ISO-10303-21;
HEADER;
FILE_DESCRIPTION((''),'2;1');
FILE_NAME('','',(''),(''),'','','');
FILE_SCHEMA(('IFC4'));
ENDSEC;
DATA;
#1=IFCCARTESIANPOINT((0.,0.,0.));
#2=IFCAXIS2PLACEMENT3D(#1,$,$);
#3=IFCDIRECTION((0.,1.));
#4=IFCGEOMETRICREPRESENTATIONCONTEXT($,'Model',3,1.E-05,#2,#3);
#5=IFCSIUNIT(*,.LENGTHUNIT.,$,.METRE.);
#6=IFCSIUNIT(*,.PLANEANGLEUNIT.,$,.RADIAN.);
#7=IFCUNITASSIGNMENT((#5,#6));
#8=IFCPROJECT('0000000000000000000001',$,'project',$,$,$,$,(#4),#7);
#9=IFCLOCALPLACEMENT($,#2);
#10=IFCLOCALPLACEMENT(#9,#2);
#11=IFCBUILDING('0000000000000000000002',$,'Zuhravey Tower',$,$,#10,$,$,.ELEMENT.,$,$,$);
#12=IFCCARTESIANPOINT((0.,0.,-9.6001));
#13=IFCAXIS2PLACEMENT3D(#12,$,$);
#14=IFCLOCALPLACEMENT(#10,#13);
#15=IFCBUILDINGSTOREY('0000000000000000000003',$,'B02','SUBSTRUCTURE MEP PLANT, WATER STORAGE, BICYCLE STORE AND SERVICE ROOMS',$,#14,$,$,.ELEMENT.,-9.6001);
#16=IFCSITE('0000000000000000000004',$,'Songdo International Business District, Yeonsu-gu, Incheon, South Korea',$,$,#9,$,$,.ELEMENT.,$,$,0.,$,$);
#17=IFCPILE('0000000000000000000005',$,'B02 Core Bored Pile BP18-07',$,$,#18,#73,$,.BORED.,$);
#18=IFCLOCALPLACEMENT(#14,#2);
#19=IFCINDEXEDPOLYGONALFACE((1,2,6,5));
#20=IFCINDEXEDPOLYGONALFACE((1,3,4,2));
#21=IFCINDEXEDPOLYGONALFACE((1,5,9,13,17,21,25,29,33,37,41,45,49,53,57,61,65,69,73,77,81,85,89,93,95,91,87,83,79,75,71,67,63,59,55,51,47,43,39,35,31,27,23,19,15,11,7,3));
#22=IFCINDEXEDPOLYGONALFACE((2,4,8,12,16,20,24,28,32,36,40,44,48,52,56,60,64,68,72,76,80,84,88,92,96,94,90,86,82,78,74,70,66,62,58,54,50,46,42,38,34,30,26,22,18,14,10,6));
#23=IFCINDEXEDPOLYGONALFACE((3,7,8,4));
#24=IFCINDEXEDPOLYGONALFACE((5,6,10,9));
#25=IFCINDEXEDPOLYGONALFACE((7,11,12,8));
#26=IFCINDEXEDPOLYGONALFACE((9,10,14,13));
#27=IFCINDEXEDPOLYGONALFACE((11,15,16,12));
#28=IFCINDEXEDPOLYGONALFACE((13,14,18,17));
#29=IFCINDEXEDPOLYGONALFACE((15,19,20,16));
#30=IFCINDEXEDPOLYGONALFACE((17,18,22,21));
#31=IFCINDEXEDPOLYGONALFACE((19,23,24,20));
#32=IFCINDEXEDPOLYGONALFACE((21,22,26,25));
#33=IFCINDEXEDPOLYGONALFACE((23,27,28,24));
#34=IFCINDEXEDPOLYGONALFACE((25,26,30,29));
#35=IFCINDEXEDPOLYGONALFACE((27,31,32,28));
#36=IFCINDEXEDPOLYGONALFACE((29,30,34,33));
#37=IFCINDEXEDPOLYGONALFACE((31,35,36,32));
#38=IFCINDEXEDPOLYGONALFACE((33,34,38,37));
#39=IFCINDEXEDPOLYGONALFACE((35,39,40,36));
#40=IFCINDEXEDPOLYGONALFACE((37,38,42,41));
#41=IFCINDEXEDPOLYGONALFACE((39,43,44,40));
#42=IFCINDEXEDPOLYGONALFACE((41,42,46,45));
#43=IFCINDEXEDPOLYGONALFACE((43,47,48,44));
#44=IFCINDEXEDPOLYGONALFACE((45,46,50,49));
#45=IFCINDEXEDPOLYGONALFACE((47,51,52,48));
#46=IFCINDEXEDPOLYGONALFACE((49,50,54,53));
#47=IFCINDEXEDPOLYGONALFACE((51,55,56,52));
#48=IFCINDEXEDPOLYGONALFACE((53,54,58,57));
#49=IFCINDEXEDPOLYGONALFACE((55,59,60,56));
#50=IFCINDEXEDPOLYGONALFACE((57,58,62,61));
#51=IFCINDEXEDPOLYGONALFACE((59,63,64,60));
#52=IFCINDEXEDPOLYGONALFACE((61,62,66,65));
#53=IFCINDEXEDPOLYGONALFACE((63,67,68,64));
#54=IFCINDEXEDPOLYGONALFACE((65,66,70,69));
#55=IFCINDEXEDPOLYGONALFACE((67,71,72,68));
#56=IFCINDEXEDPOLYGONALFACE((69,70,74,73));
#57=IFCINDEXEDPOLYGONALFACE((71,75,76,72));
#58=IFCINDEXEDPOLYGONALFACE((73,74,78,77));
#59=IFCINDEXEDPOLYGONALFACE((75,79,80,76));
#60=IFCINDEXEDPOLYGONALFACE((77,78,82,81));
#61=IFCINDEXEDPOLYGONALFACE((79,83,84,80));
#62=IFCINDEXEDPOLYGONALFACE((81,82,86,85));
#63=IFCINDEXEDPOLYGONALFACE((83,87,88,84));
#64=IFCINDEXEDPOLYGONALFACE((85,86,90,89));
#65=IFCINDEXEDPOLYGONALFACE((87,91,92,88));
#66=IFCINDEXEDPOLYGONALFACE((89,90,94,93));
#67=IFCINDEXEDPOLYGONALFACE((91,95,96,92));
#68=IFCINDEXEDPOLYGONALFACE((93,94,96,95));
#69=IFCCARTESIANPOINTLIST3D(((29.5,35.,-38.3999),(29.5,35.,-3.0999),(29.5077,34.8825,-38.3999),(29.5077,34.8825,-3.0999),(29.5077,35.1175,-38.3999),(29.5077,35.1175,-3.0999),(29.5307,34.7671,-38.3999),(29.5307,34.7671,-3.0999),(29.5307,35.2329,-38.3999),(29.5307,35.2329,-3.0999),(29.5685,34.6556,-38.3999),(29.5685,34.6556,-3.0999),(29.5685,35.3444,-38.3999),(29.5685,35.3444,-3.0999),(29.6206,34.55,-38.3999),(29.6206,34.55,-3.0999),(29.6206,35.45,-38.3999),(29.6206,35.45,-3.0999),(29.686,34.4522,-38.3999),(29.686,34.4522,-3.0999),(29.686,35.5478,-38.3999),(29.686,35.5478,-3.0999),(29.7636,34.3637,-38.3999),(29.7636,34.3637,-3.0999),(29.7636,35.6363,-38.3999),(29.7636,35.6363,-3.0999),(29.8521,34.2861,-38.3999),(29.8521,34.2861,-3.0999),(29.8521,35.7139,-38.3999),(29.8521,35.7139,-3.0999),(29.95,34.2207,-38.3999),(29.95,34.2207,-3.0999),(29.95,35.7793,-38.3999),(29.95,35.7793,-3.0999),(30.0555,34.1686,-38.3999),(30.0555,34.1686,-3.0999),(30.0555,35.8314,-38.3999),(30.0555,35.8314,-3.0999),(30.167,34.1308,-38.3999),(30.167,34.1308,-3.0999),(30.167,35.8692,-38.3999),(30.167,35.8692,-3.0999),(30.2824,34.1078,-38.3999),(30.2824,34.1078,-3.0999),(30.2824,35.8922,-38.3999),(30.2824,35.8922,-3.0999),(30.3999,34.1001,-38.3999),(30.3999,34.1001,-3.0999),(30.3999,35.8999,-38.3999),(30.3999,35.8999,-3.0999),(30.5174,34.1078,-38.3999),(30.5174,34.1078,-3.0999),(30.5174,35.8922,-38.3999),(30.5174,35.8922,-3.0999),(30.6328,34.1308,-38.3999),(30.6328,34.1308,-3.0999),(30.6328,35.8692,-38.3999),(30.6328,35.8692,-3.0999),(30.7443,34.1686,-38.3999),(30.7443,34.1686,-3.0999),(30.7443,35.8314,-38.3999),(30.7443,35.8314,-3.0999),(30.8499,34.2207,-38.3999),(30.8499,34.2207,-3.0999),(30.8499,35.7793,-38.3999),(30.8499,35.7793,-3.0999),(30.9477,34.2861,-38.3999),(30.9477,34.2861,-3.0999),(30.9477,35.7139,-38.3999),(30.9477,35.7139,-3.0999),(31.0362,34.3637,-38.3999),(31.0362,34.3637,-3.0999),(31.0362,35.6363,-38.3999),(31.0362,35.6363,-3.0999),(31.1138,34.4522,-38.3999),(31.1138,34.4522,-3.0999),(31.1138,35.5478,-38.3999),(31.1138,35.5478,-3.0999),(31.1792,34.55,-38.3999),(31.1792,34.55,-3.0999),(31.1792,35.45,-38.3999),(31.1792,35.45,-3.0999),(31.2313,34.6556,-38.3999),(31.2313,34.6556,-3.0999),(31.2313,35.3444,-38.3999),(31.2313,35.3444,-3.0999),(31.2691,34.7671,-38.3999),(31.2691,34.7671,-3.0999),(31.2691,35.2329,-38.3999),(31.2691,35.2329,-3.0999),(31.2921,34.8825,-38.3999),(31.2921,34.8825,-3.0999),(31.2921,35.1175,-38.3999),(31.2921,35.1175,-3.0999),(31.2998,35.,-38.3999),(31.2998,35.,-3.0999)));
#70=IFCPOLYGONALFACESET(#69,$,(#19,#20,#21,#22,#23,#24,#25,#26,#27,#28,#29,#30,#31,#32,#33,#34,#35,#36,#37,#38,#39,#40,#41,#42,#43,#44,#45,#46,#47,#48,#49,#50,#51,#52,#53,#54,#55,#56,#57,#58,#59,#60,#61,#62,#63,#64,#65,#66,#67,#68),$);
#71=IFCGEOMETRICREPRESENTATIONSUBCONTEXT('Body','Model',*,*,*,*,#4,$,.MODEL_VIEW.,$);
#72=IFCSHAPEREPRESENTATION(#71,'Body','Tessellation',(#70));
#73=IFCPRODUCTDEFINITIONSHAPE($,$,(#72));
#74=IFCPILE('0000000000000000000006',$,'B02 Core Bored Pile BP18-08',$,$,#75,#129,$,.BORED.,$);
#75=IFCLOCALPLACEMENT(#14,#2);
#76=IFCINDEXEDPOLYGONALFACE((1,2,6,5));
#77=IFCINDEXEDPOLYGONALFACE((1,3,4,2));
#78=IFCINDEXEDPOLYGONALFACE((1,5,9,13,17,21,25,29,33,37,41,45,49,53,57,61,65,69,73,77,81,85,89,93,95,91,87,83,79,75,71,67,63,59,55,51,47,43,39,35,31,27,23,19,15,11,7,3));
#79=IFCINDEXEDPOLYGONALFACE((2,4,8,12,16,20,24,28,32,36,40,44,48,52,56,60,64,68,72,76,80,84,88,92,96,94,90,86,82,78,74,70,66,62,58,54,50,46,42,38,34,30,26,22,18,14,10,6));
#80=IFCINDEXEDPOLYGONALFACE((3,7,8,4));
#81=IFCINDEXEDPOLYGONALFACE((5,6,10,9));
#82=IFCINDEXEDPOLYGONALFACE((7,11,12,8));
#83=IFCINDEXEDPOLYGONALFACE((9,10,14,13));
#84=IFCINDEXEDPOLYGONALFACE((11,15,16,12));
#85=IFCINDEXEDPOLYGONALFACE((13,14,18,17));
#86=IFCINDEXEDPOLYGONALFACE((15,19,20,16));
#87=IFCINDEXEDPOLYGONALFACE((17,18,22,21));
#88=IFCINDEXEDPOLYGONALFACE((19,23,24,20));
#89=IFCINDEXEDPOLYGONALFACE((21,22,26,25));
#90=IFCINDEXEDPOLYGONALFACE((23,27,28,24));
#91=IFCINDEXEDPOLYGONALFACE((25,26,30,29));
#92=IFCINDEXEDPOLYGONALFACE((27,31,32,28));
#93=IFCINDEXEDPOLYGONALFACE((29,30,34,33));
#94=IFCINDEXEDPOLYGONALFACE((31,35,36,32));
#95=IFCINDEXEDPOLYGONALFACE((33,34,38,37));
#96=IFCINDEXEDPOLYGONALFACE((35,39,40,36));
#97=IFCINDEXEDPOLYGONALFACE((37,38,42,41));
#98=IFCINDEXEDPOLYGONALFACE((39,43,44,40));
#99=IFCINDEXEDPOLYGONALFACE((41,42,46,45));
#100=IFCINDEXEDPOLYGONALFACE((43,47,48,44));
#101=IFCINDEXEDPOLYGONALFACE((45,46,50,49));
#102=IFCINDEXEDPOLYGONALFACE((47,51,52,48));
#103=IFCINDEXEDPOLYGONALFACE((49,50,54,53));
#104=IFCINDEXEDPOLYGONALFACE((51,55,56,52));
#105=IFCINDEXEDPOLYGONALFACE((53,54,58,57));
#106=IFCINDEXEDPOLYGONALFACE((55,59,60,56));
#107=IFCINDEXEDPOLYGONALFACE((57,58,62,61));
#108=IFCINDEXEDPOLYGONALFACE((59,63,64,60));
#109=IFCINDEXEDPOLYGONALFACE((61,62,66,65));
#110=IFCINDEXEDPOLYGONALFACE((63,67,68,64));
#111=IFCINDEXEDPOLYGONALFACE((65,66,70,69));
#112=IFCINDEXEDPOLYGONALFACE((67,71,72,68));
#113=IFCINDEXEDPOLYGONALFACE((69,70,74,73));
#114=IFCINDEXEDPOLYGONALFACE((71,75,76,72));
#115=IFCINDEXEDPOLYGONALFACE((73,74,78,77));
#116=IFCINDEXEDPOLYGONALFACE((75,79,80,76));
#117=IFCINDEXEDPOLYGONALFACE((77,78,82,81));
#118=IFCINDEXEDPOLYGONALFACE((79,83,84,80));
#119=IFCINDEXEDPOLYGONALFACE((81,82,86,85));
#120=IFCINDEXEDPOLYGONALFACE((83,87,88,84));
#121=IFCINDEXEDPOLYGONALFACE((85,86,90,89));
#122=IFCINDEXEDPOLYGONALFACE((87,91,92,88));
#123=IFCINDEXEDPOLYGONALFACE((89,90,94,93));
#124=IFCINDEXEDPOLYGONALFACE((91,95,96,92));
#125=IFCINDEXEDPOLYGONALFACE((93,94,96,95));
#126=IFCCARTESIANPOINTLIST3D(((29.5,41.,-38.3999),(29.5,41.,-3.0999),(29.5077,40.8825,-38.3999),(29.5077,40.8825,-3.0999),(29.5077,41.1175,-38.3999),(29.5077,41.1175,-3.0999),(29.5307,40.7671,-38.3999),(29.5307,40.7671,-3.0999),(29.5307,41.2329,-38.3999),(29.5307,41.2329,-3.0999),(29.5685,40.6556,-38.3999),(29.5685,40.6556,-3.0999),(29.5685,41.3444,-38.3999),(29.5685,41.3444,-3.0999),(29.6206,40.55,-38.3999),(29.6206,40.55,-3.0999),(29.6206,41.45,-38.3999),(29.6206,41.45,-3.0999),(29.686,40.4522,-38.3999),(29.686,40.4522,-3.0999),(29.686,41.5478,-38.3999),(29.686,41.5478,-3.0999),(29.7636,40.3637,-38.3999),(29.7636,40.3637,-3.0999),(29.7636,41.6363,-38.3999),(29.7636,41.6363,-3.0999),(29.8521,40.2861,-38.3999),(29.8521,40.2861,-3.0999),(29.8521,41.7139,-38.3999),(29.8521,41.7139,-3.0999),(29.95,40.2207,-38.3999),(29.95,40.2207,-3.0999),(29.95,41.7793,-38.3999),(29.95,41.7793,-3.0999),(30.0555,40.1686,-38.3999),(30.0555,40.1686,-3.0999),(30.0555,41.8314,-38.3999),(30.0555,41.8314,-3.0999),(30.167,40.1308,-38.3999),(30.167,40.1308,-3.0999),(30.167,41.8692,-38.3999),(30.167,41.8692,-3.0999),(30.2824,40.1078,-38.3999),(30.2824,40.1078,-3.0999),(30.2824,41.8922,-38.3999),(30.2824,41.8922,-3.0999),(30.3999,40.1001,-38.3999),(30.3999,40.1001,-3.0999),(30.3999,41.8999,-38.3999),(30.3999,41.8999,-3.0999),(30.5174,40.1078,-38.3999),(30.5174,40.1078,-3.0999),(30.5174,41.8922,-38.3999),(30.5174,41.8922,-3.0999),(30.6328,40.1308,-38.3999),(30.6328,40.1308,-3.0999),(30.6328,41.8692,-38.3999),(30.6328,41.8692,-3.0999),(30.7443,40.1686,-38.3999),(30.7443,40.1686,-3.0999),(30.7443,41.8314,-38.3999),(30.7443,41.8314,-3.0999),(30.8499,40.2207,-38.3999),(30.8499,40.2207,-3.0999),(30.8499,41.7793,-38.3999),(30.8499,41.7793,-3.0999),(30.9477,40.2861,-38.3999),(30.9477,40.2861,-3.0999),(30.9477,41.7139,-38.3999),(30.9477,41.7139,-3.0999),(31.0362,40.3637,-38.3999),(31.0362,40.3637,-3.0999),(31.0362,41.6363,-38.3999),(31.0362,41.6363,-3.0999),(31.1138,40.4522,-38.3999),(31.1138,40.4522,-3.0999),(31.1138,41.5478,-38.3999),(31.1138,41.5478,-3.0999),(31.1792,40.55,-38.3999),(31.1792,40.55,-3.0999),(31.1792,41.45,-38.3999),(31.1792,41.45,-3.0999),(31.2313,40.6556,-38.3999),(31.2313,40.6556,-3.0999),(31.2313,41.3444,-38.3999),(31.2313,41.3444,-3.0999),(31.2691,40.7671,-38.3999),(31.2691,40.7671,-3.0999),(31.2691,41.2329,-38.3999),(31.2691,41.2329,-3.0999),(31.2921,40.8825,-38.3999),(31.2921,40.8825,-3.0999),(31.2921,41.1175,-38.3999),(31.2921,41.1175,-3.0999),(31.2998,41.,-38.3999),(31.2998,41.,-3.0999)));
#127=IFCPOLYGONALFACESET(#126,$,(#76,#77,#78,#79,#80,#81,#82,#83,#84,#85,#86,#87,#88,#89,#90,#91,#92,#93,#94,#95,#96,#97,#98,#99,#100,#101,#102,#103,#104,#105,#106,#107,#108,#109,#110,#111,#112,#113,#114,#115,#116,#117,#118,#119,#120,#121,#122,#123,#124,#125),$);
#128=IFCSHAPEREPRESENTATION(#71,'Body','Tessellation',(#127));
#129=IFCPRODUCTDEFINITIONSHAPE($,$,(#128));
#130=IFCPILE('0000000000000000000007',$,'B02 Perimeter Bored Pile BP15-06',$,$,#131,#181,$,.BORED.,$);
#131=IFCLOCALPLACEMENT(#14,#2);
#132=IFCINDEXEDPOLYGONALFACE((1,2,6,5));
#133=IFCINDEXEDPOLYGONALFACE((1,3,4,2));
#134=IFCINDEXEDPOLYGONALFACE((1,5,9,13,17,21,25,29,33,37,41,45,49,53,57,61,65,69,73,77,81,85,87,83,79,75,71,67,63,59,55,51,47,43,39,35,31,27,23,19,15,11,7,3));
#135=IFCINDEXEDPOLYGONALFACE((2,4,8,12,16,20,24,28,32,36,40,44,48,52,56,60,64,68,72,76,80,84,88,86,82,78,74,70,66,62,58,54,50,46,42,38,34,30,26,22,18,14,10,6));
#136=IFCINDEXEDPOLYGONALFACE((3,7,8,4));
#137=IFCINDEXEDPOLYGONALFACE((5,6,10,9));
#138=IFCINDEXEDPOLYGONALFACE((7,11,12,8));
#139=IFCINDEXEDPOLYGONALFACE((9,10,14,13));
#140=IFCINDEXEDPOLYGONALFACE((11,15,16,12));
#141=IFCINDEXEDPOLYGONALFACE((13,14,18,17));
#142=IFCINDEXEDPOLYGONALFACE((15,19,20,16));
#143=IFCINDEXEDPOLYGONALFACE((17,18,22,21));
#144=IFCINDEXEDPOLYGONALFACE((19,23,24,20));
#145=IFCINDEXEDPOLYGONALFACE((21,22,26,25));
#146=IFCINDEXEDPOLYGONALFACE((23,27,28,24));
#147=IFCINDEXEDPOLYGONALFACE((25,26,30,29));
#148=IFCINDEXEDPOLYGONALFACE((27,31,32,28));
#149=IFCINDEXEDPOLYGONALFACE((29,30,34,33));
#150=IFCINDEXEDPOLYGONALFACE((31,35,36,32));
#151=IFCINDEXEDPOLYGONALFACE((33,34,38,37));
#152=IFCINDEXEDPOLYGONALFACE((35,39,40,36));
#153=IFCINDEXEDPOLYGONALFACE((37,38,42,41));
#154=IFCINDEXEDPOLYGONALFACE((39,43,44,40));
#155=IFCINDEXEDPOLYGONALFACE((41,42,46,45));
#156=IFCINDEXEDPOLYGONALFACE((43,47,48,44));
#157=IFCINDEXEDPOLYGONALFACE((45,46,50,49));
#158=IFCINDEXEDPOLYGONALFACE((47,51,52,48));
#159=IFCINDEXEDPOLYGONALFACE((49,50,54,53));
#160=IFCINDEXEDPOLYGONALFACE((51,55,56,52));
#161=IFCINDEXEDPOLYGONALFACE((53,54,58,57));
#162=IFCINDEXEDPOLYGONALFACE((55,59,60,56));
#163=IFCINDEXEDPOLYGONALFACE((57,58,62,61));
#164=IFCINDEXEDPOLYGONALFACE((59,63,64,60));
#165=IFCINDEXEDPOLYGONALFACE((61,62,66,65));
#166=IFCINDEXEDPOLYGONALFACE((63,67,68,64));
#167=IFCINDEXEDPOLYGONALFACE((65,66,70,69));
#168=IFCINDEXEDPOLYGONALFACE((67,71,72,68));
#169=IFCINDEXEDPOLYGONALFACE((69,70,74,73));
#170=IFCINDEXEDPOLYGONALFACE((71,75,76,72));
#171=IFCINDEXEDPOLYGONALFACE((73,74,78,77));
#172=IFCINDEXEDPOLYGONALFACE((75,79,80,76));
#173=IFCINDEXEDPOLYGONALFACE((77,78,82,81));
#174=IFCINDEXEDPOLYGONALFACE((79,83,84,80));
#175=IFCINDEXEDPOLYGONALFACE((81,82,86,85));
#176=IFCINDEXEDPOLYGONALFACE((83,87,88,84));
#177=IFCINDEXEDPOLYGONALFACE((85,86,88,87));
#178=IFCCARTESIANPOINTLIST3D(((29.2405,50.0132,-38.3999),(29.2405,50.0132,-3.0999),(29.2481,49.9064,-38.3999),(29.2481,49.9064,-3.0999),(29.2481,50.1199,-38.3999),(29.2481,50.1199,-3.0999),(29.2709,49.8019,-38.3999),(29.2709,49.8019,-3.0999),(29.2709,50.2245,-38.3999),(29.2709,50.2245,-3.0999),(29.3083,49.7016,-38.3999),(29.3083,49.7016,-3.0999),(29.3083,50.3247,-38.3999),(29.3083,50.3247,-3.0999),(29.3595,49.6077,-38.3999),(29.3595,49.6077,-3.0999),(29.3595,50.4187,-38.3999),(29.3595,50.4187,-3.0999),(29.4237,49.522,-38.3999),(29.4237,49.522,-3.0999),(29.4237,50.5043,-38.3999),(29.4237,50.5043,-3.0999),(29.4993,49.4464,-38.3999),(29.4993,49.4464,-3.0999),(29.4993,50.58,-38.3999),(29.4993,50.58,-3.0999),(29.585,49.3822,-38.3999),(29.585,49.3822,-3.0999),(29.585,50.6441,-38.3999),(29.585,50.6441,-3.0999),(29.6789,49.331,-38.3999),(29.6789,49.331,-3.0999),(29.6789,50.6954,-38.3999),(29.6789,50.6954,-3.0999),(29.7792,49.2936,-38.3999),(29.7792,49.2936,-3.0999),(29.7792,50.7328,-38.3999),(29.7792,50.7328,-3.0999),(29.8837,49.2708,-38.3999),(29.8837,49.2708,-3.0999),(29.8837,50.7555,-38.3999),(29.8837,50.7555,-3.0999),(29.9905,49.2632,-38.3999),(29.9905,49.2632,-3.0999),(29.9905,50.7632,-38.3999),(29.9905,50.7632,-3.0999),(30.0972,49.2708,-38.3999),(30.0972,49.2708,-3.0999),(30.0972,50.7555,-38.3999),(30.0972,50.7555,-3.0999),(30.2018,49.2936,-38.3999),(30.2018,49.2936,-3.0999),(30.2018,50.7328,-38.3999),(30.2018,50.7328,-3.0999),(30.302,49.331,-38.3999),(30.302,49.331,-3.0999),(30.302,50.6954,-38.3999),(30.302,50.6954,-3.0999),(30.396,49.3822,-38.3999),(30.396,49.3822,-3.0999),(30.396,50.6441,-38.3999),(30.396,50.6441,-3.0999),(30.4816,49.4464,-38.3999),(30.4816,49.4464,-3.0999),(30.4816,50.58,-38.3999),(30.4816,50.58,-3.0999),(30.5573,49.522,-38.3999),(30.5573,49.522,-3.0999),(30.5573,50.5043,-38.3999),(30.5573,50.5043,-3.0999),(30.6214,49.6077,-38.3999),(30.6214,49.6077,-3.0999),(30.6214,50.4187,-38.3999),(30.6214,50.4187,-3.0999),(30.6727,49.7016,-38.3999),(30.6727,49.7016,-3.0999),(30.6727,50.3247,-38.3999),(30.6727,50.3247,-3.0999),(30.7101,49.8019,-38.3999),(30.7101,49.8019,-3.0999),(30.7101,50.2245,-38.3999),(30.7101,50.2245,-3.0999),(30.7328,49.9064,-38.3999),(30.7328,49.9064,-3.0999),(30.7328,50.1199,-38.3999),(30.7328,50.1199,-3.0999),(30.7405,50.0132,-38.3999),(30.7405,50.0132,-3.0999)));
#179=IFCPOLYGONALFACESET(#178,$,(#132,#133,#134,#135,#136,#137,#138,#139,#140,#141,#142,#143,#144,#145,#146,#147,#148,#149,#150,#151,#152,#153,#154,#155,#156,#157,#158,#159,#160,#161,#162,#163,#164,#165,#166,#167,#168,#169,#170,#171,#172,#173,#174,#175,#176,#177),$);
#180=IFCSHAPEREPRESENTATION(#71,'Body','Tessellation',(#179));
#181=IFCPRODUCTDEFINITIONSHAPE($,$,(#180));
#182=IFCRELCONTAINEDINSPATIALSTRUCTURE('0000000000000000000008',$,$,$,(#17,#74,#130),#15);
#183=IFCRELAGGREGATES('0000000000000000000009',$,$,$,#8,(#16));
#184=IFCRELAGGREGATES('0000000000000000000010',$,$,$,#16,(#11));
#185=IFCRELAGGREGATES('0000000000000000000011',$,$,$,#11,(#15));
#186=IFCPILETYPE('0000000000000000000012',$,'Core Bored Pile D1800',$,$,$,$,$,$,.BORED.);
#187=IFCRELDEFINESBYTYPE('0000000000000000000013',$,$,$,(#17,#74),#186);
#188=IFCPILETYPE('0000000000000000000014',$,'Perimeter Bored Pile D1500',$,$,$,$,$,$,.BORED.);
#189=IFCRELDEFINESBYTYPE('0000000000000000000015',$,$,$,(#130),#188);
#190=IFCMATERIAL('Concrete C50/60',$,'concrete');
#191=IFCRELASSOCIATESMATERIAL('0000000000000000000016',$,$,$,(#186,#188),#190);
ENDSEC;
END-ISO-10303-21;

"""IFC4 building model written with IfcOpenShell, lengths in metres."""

from ifc_helpers import new_model, si_unit, direction, frame, origin, origin_2d, place, context, subcontext, project, spatial, circle, extrude, material, material_profile, profile_set, type_object, element, save


model = new_model("IFC4")

# Units and contexts
model_context = context("Model", 3, precision=1e-05, world=origin(), true_north=direction((0.0, 1.0)))
body_context = subcontext(model_context, "Body", "Model", "MODEL_VIEW")
ifc_project = project(units=[si_unit("LENGTHUNIT", "METRE"), si_unit("PLANEANGLEUNIT", "RADIAN")], contexts=[model_context])

# Site, building, storey
site_placement = place(None, origin())
site = spatial("IfcSite", under=ifc_project, at=site_placement, Name="Songdo International Business District, Yeonsu-gu, Incheon, South Korea", CompositionType="ELEMENT", RefElevation=0.0)
building_placement = place(site_placement, origin())
building = spatial("IfcBuilding", under=site, at=building_placement, Name="Zuhravey Tower", CompositionType="ELEMENT")
storey_placement = place(building_placement, frame((0.0, 0.0, -9.6001)))
storey = spatial("IfcBuildingStorey", under=building, at=storey_placement, Name="B02", Description="SUBSTRUCTURE MEP PLANT, WATER STORAGE, BICYCLE STORE AND SERVICE ROOMS", CompositionType="ELEMENT", Elevation=-9.6001)

# Piles
ifc_material_1 = material(Name="Concrete C50/60", Category="concrete")
ifc_material_profile_1 = material_profile(ifc_material_1, circle(Radius=0.8999, at=origin_2d()), Name="PILE-D1800")
ifc_profile_set_1 = profile_set([ifc_material_profile_1], Name="Concrete C50/60")
pile_type_1 = type_object("IfcPileType", Name="Core Bored Pile D1800", PredefinedType="BORED", material=ifc_profile_set_1)
for number, where, z_axis, x_axis, name in (
    (1, (30.3999, 35.0, -3.0999), (0.0, 0.0, -1.0), (1.0, 0.0, 0.0), "B02 Core Bored Pile BP18-07"),
    (2, (30.3999, 41.0, -3.0999), (0.0, 0.0, -1.0), (1.0, 0.0, 0.0), "B02 Core Bored Pile BP18-08"),
):
    element("IfcPile", number, at=place(storey_placement, frame(where, z_axis=z_axis, x_axis=x_axis)), inside=storey, type_object=pile_type_1, Name=name, PredefinedType="BORED", context=body_context, shape_type="SweptSolid", body=[
        extrude(circle(Radius=0.8999, at=origin_2d()), origin(), (0.0, 0.0, 1.0), 35.3),
    ])
ifc_material_profile_2 = material_profile(ifc_material_1, circle(Radius=0.75, at=origin_2d()), Name="PILE-D1500")
ifc_profile_set_2 = profile_set([ifc_material_profile_2], Name="Concrete C50/60")
pile_type_2 = type_object("IfcPileType", Name="Perimeter Bored Pile D1500", PredefinedType="BORED", material=ifc_profile_set_2)
for number, where, z_axis, x_axis, name in (
    (3, (29.9905, 50.0132, -3.0999), (0.0, 0.0, -1.0), (1.0, 0.0, 0.0), "B02 Perimeter Bored Pile BP15-06"),
):
    element("IfcPile", number, at=place(storey_placement, frame(where, z_axis=z_axis, x_axis=x_axis)), inside=storey, type_object=pile_type_2, Name=name, PredefinedType="BORED", context=body_context, shape_type="SweptSolid", body=[
        extrude(circle(Radius=0.75, at=origin_2d()), origin(), (0.0, 0.0, 1.0), 35.3),
    ])

save(model, "model.ifc")
